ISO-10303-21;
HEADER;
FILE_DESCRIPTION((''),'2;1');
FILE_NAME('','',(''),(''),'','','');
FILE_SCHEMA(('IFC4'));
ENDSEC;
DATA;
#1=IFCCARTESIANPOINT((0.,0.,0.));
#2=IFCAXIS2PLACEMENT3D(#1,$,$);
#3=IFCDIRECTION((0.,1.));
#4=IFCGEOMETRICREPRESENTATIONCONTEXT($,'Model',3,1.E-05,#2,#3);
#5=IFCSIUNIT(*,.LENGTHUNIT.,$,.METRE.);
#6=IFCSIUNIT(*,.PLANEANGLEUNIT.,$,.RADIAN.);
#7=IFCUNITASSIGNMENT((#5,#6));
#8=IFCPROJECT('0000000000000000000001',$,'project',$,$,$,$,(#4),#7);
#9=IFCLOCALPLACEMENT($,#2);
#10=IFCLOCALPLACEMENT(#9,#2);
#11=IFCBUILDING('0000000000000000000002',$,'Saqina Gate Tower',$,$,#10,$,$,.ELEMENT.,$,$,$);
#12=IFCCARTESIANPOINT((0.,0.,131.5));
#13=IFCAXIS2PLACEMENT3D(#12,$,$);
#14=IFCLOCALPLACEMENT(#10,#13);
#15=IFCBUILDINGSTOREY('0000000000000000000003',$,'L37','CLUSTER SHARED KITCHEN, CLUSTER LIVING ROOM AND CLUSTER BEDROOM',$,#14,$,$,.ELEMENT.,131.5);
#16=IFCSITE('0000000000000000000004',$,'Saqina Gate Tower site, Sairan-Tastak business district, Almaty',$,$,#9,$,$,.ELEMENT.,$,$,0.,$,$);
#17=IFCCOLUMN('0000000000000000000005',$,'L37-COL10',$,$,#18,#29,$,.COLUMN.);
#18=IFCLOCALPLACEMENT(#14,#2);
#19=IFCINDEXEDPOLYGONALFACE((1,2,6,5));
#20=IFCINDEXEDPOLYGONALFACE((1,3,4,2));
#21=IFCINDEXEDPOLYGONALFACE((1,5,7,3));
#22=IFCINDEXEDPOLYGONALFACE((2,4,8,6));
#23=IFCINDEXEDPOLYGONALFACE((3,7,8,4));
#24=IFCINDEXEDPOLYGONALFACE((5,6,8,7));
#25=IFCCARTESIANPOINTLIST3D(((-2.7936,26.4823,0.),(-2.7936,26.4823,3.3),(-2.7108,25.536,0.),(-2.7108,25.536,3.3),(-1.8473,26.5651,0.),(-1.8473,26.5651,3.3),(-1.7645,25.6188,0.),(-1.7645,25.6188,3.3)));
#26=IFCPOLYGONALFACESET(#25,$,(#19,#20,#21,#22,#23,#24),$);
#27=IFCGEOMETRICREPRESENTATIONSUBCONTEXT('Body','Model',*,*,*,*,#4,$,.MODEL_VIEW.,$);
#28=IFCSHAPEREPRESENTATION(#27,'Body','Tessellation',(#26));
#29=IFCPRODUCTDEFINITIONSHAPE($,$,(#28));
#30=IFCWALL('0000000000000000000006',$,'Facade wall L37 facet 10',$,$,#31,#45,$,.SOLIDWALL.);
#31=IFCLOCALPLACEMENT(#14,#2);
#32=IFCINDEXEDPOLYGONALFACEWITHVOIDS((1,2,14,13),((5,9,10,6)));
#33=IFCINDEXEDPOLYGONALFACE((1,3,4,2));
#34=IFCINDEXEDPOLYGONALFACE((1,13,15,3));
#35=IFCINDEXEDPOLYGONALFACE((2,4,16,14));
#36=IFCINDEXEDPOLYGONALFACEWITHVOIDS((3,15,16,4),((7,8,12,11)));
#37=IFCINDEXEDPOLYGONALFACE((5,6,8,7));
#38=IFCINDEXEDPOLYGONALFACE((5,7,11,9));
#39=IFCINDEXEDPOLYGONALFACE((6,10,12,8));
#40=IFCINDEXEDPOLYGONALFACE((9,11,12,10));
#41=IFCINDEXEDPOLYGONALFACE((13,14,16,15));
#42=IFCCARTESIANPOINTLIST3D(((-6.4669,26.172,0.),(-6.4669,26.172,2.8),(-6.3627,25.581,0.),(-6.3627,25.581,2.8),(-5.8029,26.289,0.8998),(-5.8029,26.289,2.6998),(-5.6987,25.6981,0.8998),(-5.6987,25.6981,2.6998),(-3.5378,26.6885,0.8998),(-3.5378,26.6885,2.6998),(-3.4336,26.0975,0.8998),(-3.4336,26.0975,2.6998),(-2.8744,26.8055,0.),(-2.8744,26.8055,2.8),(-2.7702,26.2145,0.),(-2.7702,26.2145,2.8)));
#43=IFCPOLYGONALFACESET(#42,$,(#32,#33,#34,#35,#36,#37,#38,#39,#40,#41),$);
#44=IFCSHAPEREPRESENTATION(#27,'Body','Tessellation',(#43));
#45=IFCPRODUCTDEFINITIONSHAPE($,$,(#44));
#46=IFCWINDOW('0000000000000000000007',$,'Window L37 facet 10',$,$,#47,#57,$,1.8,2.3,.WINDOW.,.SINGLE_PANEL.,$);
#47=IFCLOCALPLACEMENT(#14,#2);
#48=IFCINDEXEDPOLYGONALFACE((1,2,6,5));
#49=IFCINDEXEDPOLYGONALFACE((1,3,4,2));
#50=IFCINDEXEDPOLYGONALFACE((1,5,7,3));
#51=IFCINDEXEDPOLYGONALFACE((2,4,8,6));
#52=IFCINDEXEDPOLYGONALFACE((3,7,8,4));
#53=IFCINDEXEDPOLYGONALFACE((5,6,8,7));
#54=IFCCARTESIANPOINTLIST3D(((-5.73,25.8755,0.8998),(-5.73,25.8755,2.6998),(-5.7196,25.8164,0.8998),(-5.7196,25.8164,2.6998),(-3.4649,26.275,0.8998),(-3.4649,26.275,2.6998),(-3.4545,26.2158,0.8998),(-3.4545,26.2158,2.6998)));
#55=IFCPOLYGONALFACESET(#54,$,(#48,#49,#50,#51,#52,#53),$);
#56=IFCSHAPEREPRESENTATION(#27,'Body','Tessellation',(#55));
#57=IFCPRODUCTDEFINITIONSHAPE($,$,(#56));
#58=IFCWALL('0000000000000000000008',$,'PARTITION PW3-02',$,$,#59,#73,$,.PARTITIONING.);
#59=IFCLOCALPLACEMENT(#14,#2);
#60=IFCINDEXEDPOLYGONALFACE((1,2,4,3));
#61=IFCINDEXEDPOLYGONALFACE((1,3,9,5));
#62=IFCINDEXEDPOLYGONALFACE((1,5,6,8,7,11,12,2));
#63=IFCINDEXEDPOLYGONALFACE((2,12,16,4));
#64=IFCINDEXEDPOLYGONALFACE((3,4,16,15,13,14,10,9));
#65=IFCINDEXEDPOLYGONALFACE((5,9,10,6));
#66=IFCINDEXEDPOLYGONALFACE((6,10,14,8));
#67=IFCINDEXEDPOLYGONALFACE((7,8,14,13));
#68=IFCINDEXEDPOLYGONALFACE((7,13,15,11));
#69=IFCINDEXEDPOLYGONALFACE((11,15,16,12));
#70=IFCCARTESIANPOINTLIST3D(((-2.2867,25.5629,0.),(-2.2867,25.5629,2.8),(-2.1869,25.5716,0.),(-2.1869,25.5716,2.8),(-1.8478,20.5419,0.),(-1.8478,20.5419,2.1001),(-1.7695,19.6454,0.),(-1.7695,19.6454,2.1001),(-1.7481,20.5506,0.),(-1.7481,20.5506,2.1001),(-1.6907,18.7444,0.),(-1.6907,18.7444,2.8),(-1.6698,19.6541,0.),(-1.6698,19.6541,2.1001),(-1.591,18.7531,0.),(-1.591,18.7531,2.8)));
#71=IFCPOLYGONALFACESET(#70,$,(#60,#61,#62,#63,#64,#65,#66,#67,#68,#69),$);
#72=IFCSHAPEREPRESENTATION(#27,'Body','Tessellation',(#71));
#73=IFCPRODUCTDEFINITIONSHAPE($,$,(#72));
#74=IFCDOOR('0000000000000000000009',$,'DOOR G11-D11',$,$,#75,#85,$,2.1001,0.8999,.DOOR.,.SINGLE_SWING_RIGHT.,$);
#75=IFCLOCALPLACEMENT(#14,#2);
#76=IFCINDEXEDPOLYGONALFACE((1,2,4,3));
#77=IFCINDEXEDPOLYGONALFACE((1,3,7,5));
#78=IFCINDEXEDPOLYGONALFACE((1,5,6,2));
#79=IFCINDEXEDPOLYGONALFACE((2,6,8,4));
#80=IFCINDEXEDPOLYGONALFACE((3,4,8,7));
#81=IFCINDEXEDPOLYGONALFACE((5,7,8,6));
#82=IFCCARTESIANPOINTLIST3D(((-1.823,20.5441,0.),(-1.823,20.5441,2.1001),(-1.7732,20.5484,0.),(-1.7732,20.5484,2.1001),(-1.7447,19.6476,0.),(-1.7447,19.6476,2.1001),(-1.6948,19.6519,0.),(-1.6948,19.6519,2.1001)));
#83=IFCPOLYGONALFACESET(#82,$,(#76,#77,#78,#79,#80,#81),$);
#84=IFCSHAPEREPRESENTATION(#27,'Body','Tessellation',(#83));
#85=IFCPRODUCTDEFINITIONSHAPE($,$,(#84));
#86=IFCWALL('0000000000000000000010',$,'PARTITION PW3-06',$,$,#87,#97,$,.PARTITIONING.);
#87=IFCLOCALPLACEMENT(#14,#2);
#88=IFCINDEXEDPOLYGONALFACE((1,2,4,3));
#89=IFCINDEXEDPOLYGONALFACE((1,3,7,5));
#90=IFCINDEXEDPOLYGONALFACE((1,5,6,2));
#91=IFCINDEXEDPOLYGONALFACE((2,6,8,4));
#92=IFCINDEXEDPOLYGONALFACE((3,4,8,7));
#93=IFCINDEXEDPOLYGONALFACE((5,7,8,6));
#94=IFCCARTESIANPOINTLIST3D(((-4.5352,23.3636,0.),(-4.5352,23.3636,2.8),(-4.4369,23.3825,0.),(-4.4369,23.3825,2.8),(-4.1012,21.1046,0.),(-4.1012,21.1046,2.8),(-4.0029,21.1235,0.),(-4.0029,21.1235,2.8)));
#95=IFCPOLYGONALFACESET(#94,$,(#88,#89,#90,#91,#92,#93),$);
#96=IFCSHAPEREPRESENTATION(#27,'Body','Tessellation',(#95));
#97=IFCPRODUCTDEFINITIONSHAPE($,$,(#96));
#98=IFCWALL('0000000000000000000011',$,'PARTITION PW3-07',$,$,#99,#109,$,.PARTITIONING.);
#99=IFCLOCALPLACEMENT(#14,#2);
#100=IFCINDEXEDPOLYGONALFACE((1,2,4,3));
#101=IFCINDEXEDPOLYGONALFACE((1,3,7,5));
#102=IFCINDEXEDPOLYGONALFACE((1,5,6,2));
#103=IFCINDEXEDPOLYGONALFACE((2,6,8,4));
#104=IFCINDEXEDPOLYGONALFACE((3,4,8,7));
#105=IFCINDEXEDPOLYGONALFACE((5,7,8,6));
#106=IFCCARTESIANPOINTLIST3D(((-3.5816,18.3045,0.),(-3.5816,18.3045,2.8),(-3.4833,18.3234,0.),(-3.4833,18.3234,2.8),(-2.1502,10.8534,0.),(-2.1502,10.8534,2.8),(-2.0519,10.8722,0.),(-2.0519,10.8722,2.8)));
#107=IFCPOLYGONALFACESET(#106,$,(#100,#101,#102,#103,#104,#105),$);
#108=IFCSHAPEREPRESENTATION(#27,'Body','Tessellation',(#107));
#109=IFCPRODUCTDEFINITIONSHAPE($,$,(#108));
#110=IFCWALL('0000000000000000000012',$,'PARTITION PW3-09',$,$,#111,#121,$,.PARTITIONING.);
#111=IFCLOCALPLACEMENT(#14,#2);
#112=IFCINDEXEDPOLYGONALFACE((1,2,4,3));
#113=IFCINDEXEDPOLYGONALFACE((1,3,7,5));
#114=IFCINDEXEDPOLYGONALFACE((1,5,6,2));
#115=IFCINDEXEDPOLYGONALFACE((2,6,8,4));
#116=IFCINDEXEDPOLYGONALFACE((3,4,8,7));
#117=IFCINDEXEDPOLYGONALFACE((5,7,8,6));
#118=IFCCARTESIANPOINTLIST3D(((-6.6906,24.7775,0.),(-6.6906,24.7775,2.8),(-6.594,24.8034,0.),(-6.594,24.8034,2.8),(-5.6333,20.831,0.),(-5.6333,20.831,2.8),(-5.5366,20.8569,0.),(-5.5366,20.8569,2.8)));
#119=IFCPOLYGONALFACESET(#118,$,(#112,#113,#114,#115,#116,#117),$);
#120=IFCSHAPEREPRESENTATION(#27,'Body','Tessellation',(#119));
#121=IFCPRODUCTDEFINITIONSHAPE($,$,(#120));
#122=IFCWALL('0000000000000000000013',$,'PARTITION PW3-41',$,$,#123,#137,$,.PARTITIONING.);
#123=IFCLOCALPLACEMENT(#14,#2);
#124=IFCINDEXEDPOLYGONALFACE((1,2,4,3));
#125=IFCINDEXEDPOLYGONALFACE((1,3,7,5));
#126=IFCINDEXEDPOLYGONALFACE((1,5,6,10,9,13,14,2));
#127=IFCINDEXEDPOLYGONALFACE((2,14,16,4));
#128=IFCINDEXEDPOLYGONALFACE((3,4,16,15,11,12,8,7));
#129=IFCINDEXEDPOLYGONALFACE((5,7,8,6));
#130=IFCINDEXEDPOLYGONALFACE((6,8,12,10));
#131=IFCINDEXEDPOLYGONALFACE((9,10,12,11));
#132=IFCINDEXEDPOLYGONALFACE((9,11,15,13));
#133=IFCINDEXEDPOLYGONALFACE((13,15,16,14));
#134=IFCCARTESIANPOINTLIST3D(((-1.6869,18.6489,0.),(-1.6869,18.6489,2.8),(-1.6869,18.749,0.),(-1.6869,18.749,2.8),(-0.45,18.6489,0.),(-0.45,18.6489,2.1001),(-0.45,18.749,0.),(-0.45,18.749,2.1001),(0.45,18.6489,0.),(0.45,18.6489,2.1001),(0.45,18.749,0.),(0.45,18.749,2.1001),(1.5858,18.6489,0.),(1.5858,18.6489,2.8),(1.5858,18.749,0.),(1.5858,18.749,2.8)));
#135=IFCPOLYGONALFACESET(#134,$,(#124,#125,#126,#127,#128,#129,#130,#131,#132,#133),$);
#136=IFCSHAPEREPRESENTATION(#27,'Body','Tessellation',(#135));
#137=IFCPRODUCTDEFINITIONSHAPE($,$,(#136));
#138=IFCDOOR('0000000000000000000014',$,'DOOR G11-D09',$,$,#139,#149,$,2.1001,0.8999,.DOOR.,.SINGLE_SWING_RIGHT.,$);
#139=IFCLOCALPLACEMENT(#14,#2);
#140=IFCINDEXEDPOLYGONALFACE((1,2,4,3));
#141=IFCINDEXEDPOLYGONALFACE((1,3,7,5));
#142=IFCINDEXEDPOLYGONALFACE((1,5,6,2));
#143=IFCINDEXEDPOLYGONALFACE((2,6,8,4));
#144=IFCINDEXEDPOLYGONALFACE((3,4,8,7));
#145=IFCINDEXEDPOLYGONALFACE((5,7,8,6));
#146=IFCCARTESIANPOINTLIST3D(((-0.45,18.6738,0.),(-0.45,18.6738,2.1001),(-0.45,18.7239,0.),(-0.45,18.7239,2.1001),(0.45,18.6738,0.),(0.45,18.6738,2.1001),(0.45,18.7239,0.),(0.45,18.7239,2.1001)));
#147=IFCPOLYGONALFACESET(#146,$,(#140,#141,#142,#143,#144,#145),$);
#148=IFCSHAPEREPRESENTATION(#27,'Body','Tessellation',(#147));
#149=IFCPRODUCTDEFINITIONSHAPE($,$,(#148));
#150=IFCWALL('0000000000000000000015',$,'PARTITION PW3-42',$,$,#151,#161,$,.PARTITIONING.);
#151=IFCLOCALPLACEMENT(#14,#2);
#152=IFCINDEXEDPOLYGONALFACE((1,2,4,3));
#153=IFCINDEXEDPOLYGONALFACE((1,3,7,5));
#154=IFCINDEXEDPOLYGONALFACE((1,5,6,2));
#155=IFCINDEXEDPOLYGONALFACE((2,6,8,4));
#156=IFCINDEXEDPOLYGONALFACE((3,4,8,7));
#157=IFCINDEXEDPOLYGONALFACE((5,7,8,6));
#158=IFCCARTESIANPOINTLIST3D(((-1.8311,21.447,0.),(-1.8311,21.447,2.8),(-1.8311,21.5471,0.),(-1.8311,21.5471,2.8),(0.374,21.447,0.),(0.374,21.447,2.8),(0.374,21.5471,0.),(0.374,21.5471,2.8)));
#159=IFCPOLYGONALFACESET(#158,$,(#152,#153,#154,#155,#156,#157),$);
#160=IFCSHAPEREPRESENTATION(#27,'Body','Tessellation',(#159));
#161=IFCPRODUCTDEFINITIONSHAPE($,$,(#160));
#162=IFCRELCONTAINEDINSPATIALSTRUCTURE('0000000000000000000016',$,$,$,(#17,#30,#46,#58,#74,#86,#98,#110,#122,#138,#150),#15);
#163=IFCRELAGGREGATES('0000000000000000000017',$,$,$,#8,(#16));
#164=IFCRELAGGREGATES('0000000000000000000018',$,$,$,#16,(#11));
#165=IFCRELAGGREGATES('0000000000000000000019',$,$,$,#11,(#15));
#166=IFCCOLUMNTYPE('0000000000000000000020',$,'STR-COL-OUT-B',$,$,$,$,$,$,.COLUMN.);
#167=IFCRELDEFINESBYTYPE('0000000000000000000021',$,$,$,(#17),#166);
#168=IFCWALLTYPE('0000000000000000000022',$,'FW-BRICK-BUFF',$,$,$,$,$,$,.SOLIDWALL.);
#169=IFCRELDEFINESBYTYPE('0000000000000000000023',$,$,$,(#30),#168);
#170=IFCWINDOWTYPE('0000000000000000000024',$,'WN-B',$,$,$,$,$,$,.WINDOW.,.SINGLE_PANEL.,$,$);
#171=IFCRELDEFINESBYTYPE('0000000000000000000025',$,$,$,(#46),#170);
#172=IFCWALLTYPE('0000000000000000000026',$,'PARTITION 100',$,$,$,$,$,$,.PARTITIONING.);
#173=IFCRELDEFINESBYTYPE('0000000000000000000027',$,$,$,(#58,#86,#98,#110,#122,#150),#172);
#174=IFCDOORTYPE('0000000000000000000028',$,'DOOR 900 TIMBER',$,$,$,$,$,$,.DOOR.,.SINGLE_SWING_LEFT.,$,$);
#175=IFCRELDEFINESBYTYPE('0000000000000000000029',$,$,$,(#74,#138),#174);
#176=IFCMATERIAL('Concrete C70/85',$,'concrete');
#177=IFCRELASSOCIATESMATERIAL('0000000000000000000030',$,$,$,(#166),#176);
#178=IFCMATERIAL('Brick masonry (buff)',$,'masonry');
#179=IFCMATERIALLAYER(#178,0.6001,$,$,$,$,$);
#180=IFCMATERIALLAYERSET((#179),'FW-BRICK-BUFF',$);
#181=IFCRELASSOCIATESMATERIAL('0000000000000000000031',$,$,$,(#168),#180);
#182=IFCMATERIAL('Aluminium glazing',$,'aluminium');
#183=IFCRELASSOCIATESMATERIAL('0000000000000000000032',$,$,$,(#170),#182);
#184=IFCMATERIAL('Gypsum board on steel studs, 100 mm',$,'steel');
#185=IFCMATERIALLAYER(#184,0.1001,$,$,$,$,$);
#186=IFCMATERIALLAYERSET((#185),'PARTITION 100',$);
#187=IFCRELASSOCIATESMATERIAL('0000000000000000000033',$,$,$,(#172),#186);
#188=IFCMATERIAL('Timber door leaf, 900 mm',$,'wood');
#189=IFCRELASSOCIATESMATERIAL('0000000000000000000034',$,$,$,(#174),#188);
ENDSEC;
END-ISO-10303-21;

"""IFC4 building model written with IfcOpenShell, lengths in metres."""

from ifc_helpers import new_model, si_unit, direction, frame, frame_2d, origin, origin_2d, place, context, subcontext, project, spatial, rectangle, extrude, material, layer, layer_set, material_profile, profile_set, type_object, element, fill, save


model = new_model("IFC4")

# Units and contexts
model_context = context("Model", 3, precision=1e-05, world=origin(), true_north=direction((0.0, 1.0)))
body_context = subcontext(model_context, "Body", "Model", "MODEL_VIEW")
ifc_project = project(units=[si_unit("LENGTHUNIT", "METRE"), si_unit("PLANEANGLEUNIT", "RADIAN")], contexts=[model_context])

# Site, building, storey
site_placement = place(None, origin())
site = spatial("IfcSite", under=ifc_project, at=site_placement, Name="Saqina Gate Tower site, Sairan-Tastak business district, Almaty", CompositionType="ELEMENT", RefElevation=0.0)
building_placement = place(site_placement, origin())
building = spatial("IfcBuilding", under=site, at=building_placement, Name="Saqina Gate Tower", CompositionType="ELEMENT")
storey_placement = place(building_placement, frame((0.0, 0.0, 131.5)))
storey = spatial("IfcBuildingStorey", under=building, at=storey_placement, Name="L37", Description="CLUSTER SHARED KITCHEN, CLUSTER LIVING ROOM AND CLUSTER BEDROOM", CompositionType="ELEMENT", Elevation=131.5)

# Column
ifc_material_1 = material(Name="Concrete C70/85", Category="concrete")
ifc_material_profile = material_profile(ifc_material_1, rectangle(XDim=0.95, YDim=0.95, at=origin_2d()), Name="RC 950x950")
ifc_profile_set = profile_set([ifc_material_profile], Name="Concrete C70/85")
column_type = type_object("IfcColumnType", Name="STR-COL-OUT-B", PredefinedType="COLUMN", material=ifc_profile_set)
column_placement = place(storey_placement, frame((-2.2791, 26.0505, 0.0), z_axis=(0.0, 0.0, 1.0), x_axis=(-0.087156, 0.996195, 0.0)))
element("IfcColumn", 1, at=column_placement, inside=storey, type_object=column_type, Name="L37-COL10", PredefinedType="COLUMN", context=body_context, shape_type="SweptSolid", body=[
    extrude(rectangle(XDim=0.95, YDim=0.95, at=origin_2d()), origin(), (0.0, 0.0, 1.0), 3.3),
])

# Wall, opening, window
ifc_material_2 = material(Name="Brick masonry (buff)", Category="masonry")
ifc_layer_1 = layer(ifc_material_2, 0.6001)
ifc_layer_set_1 = layer_set([ifc_layer_1], Name="FW-BRICK-BUFF")
wall_type_1 = type_object("IfcWallType", Name="FW-BRICK-BUFF", PredefinedType="SOLIDWALL", material=ifc_layer_set_1)
wall_1_placement = place(storey_placement, frame((-2.8223, 26.51, 0.0), z_axis=(0.0, 0.0, 1.0), x_axis=(-0.984804, -0.173671, 0.0)))
wall_1 = element("IfcWall", 2, at=wall_1_placement, inside=storey, type_object=wall_type_1, Name="Facade wall L37 facet 10", PredefinedType="SOLIDWALL", context=body_context, shape_type="SweptSolid", body=[
    extrude(rectangle(XDim=3.6479, YDim=0.6001, at=frame_2d((1.824, 0.0))), origin(), (0.0, 0.0, 1.0), 2.8),
])
opening_1_placement = place(wall_1_placement, frame((0.6738, 0.0, 0.8999)))
opening_1 = element("IfcOpeningElement", 3, at=opening_1_placement, cuts=wall_1, PredefinedType="OPENING", context=body_context, shape_type="SweptSolid", body=[
    extrude(rectangle(XDim=2.3, YDim=1.8, at=frame_2d((1.1499, 0.8999))), frame((0.0, 0.312, 0.0), z_axis=(0.0, -1.0, 0.0), x_axis=(1.0, 0.0, 0.0)), (0.0, 0.0, 1.0), 0.624),
])
ifc_material_3 = material(Name="Aluminium glazing", Category="aluminium")
window_type = type_object("IfcWindowType", Name="WN-B", PartitioningType="SINGLE_PANEL", PredefinedType="WINDOW", material=ifc_material_3)
window_placement = place(opening_1_placement, origin())
window = element("IfcWindow", 4, at=window_placement, inside=storey, type_object=window_type, Name="Window L37 facet 10", OverallHeight=1.8, OverallWidth=2.3, PartitioningType="SINGLE_PANEL", PredefinedType="WINDOW", context=body_context, shape_type="SweptSolid", body=[
    extrude(rectangle(XDim=2.3, YDim=1.8, at=frame_2d((1.1499, 0.8999))), frame((0.0, 0.1799, 0.0), z_axis=(0.0, -1.0, 0.0), x_axis=(1.0, 0.0, 0.0)), (0.0, 0.0, 1.0), 0.0601),
])
fill(opening_1, window)

# Wall, opening, door
ifc_material_4 = material(Name="Gypsum board on steel studs, 100 mm", Category="steel")
ifc_layer_2 = layer(ifc_material_4, 0.1001)
ifc_layer_set_2 = layer_set([ifc_layer_2], Name="PARTITION 100")
wall_type_2 = type_object("IfcWallType", Name="PARTITION 100", PredefinedType="PARTITIONING", material=ifc_layer_set_2)
wall_2_placement = place(storey_placement, frame((-2.2368, 25.5674, 0.0), z_axis=(0.0, 0.0, 1.0), x_axis=(0.087068, -0.996202, 0.0)))
wall_2 = element("IfcWall", 5, at=wall_2_placement, inside=storey, type_object=wall_type_2, Name="PARTITION PW3-02", PredefinedType="PARTITIONING", context=body_context, shape_type="SweptSolid", body=[
    extrude(rectangle(XDim=6.8445, YDim=0.1001, at=frame_2d((3.4224, 0.0))), origin(), (0.0, 0.0, 1.0), 2.8),
])
opening_2_placement = place(wall_2_placement, frame((5.0403, 0.0, 0.0)))
opening_2 = element("IfcOpeningElement", 6, at=opening_2_placement, cuts=wall_2, PredefinedType="OPENING", context=body_context, shape_type="SweptSolid", body=[
    extrude(rectangle(XDim=0.8999, YDim=2.1001, at=frame_2d((0.45, 1.05))), frame((0.0, 0.062, 0.0), z_axis=(0.0, -1.0, 0.0), x_axis=(1.0, 0.0, 0.0)), (0.0, 0.0, 1.0), 0.124),
])
ifc_material_5 = material(Name="Timber door leaf, 900 mm", Category="wood")
door_type_1 = type_object("IfcDoorType", Name="DOOR 900 TIMBER", OperationType="SINGLE_SWING_LEFT", PredefinedType="DOOR", material=ifc_material_5)
door_1_placement = place(opening_2_placement, origin())
door_1 = element("IfcDoor", 7, at=door_1_placement, inside=storey, type_object=door_type_1, Name="DOOR G11-D11", OperationType="SINGLE_SWING_RIGHT", OverallHeight=2.1001, OverallWidth=0.8999, PredefinedType="DOOR", context=body_context, shape_type="SweptSolid", body=[
    extrude(rectangle(XDim=0.8999, YDim=2.1001, at=frame_2d((0.45, 1.05))), frame((0.0, 0.0249, 0.0), z_axis=(0.0, -1.0, 0.0), x_axis=(1.0, 0.0, 0.0)), (0.0, 0.0, 1.0), 0.05),
])
fill(opening_2, door_1)

# Walls
wall_3_placement = place(storey_placement, frame((-4.4861, 23.373, 0.0), z_axis=(0.0, 0.0, 1.0), x_axis=(0.188702, -0.982034, 0.0)))
element("IfcWall", 8, at=wall_3_placement, inside=storey, type_object=wall_type_2, Name="PARTITION PW3-06", PredefinedType="PARTITIONING", context=body_context, shape_type="SweptSolid", body=[
    extrude(rectangle(XDim=2.3003, YDim=0.1001, at=frame_2d((1.1501, 0.0))), origin(), (0.0, 0.0, 1.0), 2.8),
])
wall_4_placement = place(storey_placement, frame((-3.5325, 18.314, 0.0), z_axis=(0.0, 0.0, 1.0), x_axis=(0.188654, -0.982044, 0.0)))
element("IfcWall", 9, at=wall_4_placement, inside=storey, type_object=wall_type_2, Name="PARTITION PW3-07", PredefinedType="PARTITIONING", context=body_context, shape_type="SweptSolid", body=[
    extrude(rectangle(XDim=7.5874, YDim=0.1001, at=frame_2d((3.7937, 0.0))), origin(), (0.0, 0.0, 1.0), 2.8),
])
wall_5_placement = place(storey_placement, frame((-6.6423, 24.7905, 0.0), z_axis=(0.0, 0.0, 1.0), x_axis=(0.258797, -0.965932, 0.0)))
element("IfcWall", 10, at=wall_5_placement, inside=storey, type_object=wall_type_2, Name="PARTITION PW3-09", PredefinedType="PARTITIONING", context=body_context, shape_type="SweptSolid", body=[
    extrude(rectangle(XDim=4.0857, YDim=0.1001, at=frame_2d((2.043, 0.0))), origin(), (0.0, 0.0, 1.0), 2.8),
])

# Wall, opening, door
wall_6_placement = place(storey_placement, frame((-1.6868, 18.699, 0.0), z_axis=(0.0, 0.0, 1.0), x_axis=(1.0, 0.0, 0.0)))
wall_6 = element("IfcWall", 11, at=wall_6_placement, inside=storey, type_object=wall_type_2, Name="PARTITION PW3-41", PredefinedType="PARTITIONING", context=body_context, shape_type="SweptSolid", body=[
    extrude(rectangle(XDim=3.2727, YDim=0.1001, at=frame_2d((1.6362, 0.0))), origin(), (0.0, 0.0, 1.0), 2.8),
])
opening_3_placement = place(wall_6_placement, frame((1.2368, 0.0, 0.0)))
opening_3 = element("IfcOpeningElement", 12, at=opening_3_placement, cuts=wall_6, PredefinedType="OPENING", context=body_context, shape_type="SweptSolid", body=[
    extrude(rectangle(XDim=0.8999, YDim=2.1001, at=frame_2d((0.45, 1.05))), frame((0.0, 0.062, 0.0), z_axis=(0.0, -1.0, 0.0), x_axis=(1.0, 0.0, 0.0)), (0.0, 0.0, 1.0), 0.124),
])
door_2_placement = place(opening_3_placement, origin())
door_2 = element("IfcDoor", 13, at=door_2_placement, inside=storey, type_object=door_type_1, Name="DOOR G11-D09", OperationType="SINGLE_SWING_RIGHT", OverallHeight=2.1001, OverallWidth=0.8999, PredefinedType="DOOR", context=body_context, shape_type="SweptSolid", body=[
    extrude(rectangle(XDim=0.8999, YDim=2.1001, at=frame_2d((0.45, 1.05))), frame((0.0, 0.0249, 0.0), z_axis=(0.0, -1.0, 0.0), x_axis=(1.0, 0.0, 0.0)), (0.0, 0.0, 1.0), 0.05),
])
fill(opening_3, door_2)

# Wall
wall_7_placement = place(storey_placement, frame((-1.8311, 21.4971, 0.0), z_axis=(0.0, 0.0, 1.0), x_axis=(1.0, 0.0, 0.0)))
element("IfcWall", 14, at=wall_7_placement, inside=storey, type_object=wall_type_2, Name="PARTITION PW3-42", PredefinedType="PARTITIONING", context=body_context, shape_type="SweptSolid", body=[
    extrude(rectangle(XDim=2.2051, YDim=0.1001, at=frame_2d((1.1025, 0.0))), origin(), (0.0, 0.0, 1.0), 2.8),
])

save(model, "model.ifc")
